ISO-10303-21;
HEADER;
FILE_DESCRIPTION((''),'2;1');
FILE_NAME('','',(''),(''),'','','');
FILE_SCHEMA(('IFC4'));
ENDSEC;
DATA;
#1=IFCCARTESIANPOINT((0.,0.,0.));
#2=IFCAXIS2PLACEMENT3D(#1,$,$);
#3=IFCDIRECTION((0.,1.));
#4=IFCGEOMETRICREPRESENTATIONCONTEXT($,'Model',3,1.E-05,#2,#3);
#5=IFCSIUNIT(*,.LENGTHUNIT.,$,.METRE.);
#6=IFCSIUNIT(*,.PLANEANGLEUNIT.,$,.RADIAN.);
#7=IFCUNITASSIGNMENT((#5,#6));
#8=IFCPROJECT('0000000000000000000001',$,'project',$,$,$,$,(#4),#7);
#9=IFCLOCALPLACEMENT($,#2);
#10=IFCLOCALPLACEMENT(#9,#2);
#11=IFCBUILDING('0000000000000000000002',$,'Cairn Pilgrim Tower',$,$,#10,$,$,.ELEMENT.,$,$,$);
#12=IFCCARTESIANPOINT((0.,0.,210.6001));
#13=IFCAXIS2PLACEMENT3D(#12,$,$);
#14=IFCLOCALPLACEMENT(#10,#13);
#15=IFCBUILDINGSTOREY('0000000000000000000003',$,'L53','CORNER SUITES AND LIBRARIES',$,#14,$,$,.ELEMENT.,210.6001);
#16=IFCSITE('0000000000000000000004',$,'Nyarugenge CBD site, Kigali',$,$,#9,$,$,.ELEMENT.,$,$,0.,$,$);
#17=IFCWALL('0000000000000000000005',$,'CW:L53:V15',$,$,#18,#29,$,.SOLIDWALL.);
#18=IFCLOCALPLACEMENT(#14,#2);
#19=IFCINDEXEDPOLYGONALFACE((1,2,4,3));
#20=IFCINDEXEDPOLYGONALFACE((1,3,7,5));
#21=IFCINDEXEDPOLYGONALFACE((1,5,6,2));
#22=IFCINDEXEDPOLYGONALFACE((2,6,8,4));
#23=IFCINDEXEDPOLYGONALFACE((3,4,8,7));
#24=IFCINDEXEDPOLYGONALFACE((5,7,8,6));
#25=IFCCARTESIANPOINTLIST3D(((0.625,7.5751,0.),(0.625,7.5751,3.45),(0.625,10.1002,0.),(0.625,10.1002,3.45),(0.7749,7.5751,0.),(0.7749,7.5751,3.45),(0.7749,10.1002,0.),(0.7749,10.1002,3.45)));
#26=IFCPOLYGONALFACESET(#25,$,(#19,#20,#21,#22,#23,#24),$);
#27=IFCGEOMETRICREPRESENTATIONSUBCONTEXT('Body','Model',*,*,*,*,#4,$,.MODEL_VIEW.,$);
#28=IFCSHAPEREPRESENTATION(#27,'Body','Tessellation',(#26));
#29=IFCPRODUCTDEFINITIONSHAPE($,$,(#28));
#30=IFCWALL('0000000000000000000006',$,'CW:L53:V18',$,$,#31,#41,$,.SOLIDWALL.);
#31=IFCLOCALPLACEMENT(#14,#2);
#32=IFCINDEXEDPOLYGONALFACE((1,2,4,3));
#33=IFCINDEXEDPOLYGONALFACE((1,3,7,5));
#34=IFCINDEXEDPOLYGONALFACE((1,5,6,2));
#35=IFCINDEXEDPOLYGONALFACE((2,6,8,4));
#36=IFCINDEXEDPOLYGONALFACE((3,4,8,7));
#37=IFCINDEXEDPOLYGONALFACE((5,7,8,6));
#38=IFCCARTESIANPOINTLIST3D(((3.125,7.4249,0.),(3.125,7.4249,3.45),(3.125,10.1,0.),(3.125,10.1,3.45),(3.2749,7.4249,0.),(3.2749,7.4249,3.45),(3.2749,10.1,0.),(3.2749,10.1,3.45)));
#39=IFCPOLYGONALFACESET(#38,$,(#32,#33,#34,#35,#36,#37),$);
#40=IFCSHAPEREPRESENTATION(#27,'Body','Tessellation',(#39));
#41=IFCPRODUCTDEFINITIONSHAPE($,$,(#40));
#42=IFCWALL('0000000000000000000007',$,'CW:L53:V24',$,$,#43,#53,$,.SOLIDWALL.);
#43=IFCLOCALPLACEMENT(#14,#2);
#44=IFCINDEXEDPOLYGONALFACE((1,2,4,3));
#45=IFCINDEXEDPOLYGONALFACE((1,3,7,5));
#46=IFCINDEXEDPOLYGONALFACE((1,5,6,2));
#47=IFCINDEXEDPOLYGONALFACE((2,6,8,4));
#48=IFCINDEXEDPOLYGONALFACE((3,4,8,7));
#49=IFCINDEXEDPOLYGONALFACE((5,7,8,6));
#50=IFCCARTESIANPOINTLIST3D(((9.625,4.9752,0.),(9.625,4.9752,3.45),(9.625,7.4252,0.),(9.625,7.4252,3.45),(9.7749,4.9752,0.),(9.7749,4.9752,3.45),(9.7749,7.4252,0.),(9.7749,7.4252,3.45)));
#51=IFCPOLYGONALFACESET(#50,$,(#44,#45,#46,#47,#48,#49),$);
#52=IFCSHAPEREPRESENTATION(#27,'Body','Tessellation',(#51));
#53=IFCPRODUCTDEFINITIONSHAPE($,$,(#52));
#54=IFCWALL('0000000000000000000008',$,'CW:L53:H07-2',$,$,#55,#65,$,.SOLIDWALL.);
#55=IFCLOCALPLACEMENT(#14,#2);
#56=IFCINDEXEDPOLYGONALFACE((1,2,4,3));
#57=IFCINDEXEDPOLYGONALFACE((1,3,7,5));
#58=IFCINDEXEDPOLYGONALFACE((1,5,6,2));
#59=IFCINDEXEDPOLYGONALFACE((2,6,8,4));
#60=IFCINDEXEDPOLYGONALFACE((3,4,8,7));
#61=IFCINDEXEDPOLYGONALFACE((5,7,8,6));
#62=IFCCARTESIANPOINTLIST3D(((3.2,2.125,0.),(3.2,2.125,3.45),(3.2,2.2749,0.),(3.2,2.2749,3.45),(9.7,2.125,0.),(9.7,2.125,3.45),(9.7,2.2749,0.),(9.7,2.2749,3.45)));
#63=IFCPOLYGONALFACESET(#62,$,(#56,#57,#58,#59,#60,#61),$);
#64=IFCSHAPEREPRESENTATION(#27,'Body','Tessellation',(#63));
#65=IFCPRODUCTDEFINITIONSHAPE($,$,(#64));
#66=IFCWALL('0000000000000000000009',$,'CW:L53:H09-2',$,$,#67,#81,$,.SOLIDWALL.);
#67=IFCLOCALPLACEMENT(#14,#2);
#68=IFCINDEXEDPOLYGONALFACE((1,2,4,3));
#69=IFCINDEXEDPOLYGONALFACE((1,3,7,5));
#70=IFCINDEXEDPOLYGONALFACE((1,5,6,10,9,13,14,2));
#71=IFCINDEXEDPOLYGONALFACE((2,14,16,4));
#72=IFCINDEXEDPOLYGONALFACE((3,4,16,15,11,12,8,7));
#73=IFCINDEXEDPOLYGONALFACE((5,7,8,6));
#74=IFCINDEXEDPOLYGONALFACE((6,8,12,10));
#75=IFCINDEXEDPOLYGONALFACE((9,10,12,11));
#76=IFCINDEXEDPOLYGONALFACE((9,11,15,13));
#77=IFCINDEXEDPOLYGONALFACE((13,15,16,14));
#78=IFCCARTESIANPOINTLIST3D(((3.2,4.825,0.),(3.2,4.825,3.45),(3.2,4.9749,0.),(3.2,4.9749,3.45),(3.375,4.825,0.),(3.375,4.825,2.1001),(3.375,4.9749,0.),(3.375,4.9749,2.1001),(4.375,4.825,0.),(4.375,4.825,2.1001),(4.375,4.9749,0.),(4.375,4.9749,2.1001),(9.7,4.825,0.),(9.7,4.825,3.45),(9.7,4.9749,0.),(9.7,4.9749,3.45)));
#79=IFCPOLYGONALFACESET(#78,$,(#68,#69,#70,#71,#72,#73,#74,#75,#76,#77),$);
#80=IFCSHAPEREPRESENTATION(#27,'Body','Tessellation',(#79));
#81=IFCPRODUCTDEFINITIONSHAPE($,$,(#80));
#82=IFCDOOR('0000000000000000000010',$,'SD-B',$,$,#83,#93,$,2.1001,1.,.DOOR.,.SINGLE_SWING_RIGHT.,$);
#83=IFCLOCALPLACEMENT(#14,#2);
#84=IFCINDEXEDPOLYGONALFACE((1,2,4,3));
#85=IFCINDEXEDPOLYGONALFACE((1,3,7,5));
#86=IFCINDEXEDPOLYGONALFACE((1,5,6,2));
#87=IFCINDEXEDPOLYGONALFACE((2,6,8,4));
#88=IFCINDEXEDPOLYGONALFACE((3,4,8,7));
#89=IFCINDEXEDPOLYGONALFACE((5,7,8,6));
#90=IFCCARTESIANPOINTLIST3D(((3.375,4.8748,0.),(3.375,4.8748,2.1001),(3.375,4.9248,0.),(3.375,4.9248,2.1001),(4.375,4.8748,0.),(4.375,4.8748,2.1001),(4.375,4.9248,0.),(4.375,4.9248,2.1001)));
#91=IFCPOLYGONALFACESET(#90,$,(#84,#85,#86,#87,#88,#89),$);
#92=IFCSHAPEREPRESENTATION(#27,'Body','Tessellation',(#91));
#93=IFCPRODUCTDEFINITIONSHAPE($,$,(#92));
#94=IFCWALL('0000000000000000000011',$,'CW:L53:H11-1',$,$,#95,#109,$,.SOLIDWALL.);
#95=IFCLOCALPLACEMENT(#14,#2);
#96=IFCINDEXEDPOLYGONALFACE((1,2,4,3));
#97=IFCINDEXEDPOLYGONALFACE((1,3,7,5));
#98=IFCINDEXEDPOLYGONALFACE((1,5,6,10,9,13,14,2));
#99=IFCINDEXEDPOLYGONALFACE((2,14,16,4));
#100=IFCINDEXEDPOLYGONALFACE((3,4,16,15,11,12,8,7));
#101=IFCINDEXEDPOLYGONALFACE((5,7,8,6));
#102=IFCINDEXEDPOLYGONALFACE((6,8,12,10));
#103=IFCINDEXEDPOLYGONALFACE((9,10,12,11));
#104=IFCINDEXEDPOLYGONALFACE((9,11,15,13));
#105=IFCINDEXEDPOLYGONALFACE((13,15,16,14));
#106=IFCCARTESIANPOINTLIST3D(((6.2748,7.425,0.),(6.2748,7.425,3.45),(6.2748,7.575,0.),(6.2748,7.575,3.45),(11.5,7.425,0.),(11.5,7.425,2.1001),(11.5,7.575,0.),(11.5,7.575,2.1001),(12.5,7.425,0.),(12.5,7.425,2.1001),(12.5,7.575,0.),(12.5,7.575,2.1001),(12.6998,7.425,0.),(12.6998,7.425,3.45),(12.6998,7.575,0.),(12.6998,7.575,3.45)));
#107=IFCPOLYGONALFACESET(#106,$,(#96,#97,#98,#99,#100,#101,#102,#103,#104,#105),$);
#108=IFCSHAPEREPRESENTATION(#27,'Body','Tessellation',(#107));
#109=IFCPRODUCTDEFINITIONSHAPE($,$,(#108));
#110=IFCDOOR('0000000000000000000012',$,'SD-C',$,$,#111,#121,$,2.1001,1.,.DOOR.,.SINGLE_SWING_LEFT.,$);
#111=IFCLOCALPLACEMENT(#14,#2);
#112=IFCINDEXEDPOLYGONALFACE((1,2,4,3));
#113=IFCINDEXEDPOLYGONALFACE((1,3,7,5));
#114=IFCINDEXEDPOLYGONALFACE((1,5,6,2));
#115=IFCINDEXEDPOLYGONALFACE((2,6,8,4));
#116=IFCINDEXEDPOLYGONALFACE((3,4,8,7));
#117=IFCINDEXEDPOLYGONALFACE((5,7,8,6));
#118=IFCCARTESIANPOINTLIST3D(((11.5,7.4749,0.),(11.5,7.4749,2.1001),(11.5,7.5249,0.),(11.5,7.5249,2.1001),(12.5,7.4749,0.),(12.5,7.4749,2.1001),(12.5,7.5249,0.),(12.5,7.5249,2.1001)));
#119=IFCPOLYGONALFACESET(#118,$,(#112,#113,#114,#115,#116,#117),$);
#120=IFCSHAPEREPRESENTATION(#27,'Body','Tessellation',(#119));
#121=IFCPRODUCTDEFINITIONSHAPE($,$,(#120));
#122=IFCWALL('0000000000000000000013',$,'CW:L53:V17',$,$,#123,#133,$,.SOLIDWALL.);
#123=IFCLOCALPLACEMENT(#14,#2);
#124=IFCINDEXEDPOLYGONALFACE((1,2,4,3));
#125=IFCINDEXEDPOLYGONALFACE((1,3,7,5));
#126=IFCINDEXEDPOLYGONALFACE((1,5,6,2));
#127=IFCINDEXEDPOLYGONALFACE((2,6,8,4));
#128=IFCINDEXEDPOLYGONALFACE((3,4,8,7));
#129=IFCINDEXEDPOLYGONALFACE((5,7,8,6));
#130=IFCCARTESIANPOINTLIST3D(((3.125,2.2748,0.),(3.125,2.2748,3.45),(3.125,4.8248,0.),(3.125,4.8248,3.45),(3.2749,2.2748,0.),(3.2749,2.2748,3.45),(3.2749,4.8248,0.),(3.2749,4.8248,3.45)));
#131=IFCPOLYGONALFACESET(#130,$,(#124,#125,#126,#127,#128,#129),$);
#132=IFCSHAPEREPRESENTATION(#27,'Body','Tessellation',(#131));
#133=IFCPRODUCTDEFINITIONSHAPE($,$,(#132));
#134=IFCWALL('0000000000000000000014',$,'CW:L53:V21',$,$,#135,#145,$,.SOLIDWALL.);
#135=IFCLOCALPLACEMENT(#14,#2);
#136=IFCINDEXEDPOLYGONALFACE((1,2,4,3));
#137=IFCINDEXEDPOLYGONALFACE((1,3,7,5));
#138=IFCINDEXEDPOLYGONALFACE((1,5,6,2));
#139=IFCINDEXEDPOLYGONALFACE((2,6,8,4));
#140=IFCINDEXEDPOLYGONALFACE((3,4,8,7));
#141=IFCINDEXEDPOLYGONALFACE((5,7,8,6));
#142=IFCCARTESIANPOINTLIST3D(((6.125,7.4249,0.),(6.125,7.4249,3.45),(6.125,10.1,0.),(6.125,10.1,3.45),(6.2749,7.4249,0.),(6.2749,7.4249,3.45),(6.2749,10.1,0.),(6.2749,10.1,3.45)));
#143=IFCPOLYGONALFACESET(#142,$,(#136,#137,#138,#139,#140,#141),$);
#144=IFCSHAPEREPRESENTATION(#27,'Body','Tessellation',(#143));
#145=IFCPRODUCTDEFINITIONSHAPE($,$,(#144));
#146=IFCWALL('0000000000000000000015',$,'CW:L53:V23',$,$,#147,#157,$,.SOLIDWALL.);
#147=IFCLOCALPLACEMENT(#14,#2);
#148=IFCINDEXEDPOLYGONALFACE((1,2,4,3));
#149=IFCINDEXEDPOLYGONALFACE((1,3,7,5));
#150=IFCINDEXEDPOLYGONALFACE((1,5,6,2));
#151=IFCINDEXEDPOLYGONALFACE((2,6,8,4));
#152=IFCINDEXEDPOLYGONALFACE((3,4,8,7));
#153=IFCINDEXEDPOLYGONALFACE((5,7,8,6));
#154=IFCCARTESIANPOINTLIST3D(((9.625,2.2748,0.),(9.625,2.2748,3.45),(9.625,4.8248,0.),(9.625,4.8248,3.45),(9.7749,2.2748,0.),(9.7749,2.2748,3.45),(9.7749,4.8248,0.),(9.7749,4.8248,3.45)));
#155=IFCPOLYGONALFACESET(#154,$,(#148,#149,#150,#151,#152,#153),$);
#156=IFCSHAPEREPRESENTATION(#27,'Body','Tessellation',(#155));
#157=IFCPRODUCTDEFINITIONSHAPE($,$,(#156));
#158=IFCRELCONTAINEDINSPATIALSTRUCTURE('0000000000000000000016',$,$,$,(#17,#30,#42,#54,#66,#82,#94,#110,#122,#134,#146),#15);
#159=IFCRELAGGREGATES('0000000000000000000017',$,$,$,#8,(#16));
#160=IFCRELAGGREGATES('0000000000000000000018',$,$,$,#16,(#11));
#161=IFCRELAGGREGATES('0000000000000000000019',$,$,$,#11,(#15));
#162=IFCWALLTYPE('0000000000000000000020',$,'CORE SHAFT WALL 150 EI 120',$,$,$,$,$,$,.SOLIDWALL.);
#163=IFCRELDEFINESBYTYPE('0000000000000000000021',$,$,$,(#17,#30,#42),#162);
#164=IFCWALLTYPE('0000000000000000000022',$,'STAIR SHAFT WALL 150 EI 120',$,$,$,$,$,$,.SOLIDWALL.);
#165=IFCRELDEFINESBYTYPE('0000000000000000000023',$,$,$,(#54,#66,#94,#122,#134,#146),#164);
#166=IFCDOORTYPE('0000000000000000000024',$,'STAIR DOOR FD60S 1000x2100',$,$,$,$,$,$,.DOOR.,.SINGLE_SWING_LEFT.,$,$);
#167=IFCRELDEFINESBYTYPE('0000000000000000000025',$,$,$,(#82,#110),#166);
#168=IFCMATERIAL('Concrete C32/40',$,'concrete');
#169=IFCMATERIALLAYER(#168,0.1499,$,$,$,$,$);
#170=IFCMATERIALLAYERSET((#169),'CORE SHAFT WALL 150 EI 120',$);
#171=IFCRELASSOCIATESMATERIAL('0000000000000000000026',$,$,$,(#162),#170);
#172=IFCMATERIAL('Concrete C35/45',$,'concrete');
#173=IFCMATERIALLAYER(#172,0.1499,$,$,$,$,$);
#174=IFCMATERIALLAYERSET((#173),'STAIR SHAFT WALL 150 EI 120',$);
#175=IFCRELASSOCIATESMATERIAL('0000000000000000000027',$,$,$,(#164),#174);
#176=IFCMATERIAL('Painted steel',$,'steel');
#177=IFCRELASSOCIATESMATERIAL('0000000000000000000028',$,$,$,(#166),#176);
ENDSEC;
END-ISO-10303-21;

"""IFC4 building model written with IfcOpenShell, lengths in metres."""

from ifc_helpers import new_model, si_unit, direction, frame, frame_2d, origin, place, context, subcontext, project, spatial, rectangle, extrude, material, layer, layer_set, type_object, element, fill, save


model = new_model("IFC4")

# Units and contexts
model_context = context("Model", 3, precision=1e-05, world=origin(), true_north=direction((0.0, 1.0)))
body_context = subcontext(model_context, "Body", "Model", "MODEL_VIEW")
ifc_project = project(units=[si_unit("LENGTHUNIT", "METRE"), si_unit("PLANEANGLEUNIT", "RADIAN")], contexts=[model_context])

# Site, building, storey
site_placement = place(None, origin())
site = spatial("IfcSite", under=ifc_project, at=site_placement, Name="Nyarugenge CBD site, Kigali", CompositionType="ELEMENT", RefElevation=0.0)
building_placement = place(site_placement, origin())
building = spatial("IfcBuilding", under=site, at=building_placement, Name="Cairn Pilgrim Tower", CompositionType="ELEMENT")
storey_placement = place(building_placement, frame((0.0, 0.0, 210.6001)))
storey = spatial("IfcBuildingStorey", under=building, at=storey_placement, Name="L53", Description="CORNER SUITES AND LIBRARIES", CompositionType="ELEMENT", Elevation=210.6001)

# Shared definitions
ifc_material_1 = material(Name="Concrete C32/40", Category="concrete")

# Shared definitions
ifc_layer_1 = layer(ifc_material_1, 0.1499)
ifc_layer_set_1 = layer_set([ifc_layer_1], Name="CORE SHAFT WALL 150 EI 120")
wall_type_1 = type_object("IfcWallType", Name="CORE SHAFT WALL 150 EI 120", PredefinedType="SOLIDWALL", material=ifc_layer_set_1)

# Shared definitions
ifc_material_2 = material(Name="Painted steel", Category="steel")

# Walls
wall_1_placement = place(storey_placement, frame((0.7, 7.575, 0.0), z_axis=(0.0, 0.0, 1.0), x_axis=(0.0, 1.0, 0.0)))
element("IfcWall", 1, at=wall_1_placement, inside=storey, type_object=wall_type_1, Name="CW:L53:V15", PredefinedType="SOLIDWALL", context=body_context, shape_type="SweptSolid", body=[
    extrude(rectangle(XDim=2.5251, YDim=0.1499, at=frame_2d((1.2627, 0.0))), origin(), (0.0, 0.0, 1.0), 3.45),
])
wall_2_placement = place(storey_placement, frame((3.2, 7.425, 0.0), z_axis=(0.0, 0.0, 1.0), x_axis=(0.0, 1.0, 0.0)))
element("IfcWall", 2, at=wall_2_placement, inside=storey, type_object=wall_type_1, Name="CW:L53:V18", PredefinedType="SOLIDWALL", context=body_context, shape_type="SweptSolid", body=[
    extrude(rectangle(XDim=2.675, YDim=0.1499, at=frame_2d((1.3374, 0.0))), origin(), (0.0, 0.0, 1.0), 3.45),
])
wall_3_placement = place(storey_placement, frame((9.7, 4.9751, 0.0), z_axis=(0.0, 0.0, 1.0), x_axis=(0.0, 1.0, 0.0)))
element("IfcWall", 3, at=wall_3_placement, inside=storey, type_object=wall_type_1, Name="CW:L53:V24", PredefinedType="SOLIDWALL", context=body_context, shape_type="SweptSolid", body=[
    extrude(rectangle(XDim=2.45, YDim=0.1499, at=frame_2d((1.2251, 0.0))), origin(), (0.0, 0.0, 1.0), 3.45),
])
ifc_material_3 = material(Name="Concrete C35/45", Category="concrete")
ifc_layer_2 = layer(ifc_material_3, 0.1499)
ifc_layer_set_2 = layer_set([ifc_layer_2], Name="STAIR SHAFT WALL 150 EI 120")
wall_type_2 = type_object("IfcWallType", Name="STAIR SHAFT WALL 150 EI 120", PredefinedType="SOLIDWALL", material=ifc_layer_set_2)
wall_4_placement = place(storey_placement, frame((3.2, 2.2, 0.0), z_axis=(0.0, 0.0, 1.0), x_axis=(1.0, 0.0, 0.0)))
element("IfcWall", 4, at=wall_4_placement, inside=storey, type_object=wall_type_2, Name="CW:L53:H07-2", PredefinedType="SOLIDWALL", context=body_context, shape_type="SweptSolid", body=[
    extrude(rectangle(XDim=6.5, YDim=0.1499, at=frame_2d((3.25, 0.0))), origin(), (0.0, 0.0, 1.0), 3.45),
])

# Walls, openings, doors
wall_5_placement = place(storey_placement, frame((3.2, 4.8999, 0.0), z_axis=(0.0, 0.0, 1.0), x_axis=(1.0, 0.0, 0.0)))
wall_5 = element("IfcWall", 5, at=wall_5_placement, inside=storey, type_object=wall_type_2, Name="CW:L53:H09-2", PredefinedType="SOLIDWALL", context=body_context, shape_type="SweptSolid", body=[
    extrude(rectangle(XDim=6.5, YDim=0.1499, at=frame_2d((3.25, 0.0))), origin(), (0.0, 0.0, 1.0), 3.45),
])
opening_1_placement = place(wall_5_placement, frame((0.175, 0.0, 0.0)))
opening_1 = element("IfcOpeningElement", 6, at=opening_1_placement, cuts=wall_5, PredefinedType="OPENING", context=body_context, shape_type="SweptSolid", body=[
    extrude(rectangle(XDim=1.0, YDim=2.1001, at=frame_2d((0.5, 1.05))), frame((0.0, 0.085, 0.0), z_axis=(0.0, -1.0, 0.0), x_axis=(1.0, 0.0, 0.0)), (0.0, 0.0, 1.0), 0.1699),
])
door_type_1 = type_object("IfcDoorType", Name="STAIR DOOR FD60S 1000x2100", OperationType="SINGLE_SWING_LEFT", PredefinedType="DOOR", material=ifc_material_2)
door_1_placement = place(opening_1_placement, origin())
door_1 = element("IfcDoor", 7, at=door_1_placement, inside=storey, type_object=door_type_1, Name="SD-B", OperationType="SINGLE_SWING_RIGHT", OverallHeight=2.1001, OverallWidth=1.0, PredefinedType="DOOR", context=body_context, shape_type="SweptSolid", body=[
    extrude(rectangle(XDim=1.0, YDim=2.1001, at=frame_2d((0.5, 1.05))), frame((0.0, 0.0249, 0.0), z_axis=(0.0, -1.0, 0.0), x_axis=(1.0, 0.0, 0.0)), (0.0, 0.0, 1.0), 0.05),
])
fill(opening_1, door_1)
wall_6_placement = place(storey_placement, frame((6.2749, 7.5, 0.0), z_axis=(0.0, 0.0, 1.0), x_axis=(1.0, 0.0, 0.0)))
wall_6 = element("IfcWall", 8, at=wall_6_placement, inside=storey, type_object=wall_type_2, Name="CW:L53:H11-1", PredefinedType="SOLIDWALL", context=body_context, shape_type="SweptSolid", body=[
    extrude(rectangle(XDim=6.425, YDim=0.1499, at=frame_2d((3.2124, 0.0))), origin(), (0.0, 0.0, 1.0), 3.45),
])
opening_2_placement = place(wall_6_placement, frame((5.2251, 0.0, 0.0)))
opening_2 = element("IfcOpeningElement", 9, at=opening_2_placement, cuts=wall_6, PredefinedType="OPENING", context=body_context, shape_type="SweptSolid", body=[
    extrude(rectangle(XDim=1.0, YDim=2.1001, at=frame_2d((0.5, 1.05))), frame((0.0, 0.085, 0.0), z_axis=(0.0, -1.0, 0.0), x_axis=(1.0, 0.0, 0.0)), (0.0, 0.0, 1.0), 0.1699),
])
door_2_placement = place(opening_2_placement, origin())
door_2 = element("IfcDoor", 10, at=door_2_placement, inside=storey, type_object=door_type_1, Name="SD-C", OperationType="SINGLE_SWING_LEFT", OverallHeight=2.1001, OverallWidth=1.0, PredefinedType="DOOR", context=body_context, shape_type="SweptSolid", body=[
    extrude(rectangle(XDim=1.0, YDim=2.1001, at=frame_2d((0.5, 1.05))), frame((0.0, 0.0249, 0.0), z_axis=(0.0, -1.0, 0.0), x_axis=(1.0, 0.0, 0.0)), (0.0, 0.0, 1.0), 0.05),
])
fill(opening_2, door_2)

# Walls
wall_7_placement = place(storey_placement, frame((3.2, 2.2749, 0.0), z_axis=(0.0, 0.0, 1.0), x_axis=(0.0, 1.0, 0.0)))
element("IfcWall", 11, at=wall_7_placement, inside=storey, type_object=wall_type_2, Name="CW:L53:V17", PredefinedType="SOLIDWALL", context=body_context, shape_type="SweptSolid", body=[
    extrude(rectangle(XDim=2.55, YDim=0.1499, at=frame_2d((1.2749, 0.0))), origin(), (0.0, 0.0, 1.0), 3.45),
])
wall_8_placement = place(storey_placement, frame((6.2, 7.425, 0.0), z_axis=(0.0, 0.0, 1.0), x_axis=(0.0, 1.0, 0.0)))
element("IfcWall", 12, at=wall_8_placement, inside=storey, type_object=wall_type_2, Name="CW:L53:V21", PredefinedType="SOLIDWALL", context=body_context, shape_type="SweptSolid", body=[
    extrude(rectangle(XDim=2.675, YDim=0.1499, at=frame_2d((1.3374, 0.0))), origin(), (0.0, 0.0, 1.0), 3.45),
])
wall_9_placement = place(storey_placement, frame((9.7, 2.2749, 0.0), z_axis=(0.0, 0.0, 1.0), x_axis=(0.0, 1.0, 0.0)))
element("IfcWall", 13, at=wall_9_placement, inside=storey, type_object=wall_type_2, Name="CW:L53:V23", PredefinedType="SOLIDWALL", context=body_context, shape_type="SweptSolid", body=[
    extrude(rectangle(XDim=2.55, YDim=0.1499, at=frame_2d((1.2749, 0.0))), origin(), (0.0, 0.0, 1.0), 3.45),
])

save(model, "model.ifc")
